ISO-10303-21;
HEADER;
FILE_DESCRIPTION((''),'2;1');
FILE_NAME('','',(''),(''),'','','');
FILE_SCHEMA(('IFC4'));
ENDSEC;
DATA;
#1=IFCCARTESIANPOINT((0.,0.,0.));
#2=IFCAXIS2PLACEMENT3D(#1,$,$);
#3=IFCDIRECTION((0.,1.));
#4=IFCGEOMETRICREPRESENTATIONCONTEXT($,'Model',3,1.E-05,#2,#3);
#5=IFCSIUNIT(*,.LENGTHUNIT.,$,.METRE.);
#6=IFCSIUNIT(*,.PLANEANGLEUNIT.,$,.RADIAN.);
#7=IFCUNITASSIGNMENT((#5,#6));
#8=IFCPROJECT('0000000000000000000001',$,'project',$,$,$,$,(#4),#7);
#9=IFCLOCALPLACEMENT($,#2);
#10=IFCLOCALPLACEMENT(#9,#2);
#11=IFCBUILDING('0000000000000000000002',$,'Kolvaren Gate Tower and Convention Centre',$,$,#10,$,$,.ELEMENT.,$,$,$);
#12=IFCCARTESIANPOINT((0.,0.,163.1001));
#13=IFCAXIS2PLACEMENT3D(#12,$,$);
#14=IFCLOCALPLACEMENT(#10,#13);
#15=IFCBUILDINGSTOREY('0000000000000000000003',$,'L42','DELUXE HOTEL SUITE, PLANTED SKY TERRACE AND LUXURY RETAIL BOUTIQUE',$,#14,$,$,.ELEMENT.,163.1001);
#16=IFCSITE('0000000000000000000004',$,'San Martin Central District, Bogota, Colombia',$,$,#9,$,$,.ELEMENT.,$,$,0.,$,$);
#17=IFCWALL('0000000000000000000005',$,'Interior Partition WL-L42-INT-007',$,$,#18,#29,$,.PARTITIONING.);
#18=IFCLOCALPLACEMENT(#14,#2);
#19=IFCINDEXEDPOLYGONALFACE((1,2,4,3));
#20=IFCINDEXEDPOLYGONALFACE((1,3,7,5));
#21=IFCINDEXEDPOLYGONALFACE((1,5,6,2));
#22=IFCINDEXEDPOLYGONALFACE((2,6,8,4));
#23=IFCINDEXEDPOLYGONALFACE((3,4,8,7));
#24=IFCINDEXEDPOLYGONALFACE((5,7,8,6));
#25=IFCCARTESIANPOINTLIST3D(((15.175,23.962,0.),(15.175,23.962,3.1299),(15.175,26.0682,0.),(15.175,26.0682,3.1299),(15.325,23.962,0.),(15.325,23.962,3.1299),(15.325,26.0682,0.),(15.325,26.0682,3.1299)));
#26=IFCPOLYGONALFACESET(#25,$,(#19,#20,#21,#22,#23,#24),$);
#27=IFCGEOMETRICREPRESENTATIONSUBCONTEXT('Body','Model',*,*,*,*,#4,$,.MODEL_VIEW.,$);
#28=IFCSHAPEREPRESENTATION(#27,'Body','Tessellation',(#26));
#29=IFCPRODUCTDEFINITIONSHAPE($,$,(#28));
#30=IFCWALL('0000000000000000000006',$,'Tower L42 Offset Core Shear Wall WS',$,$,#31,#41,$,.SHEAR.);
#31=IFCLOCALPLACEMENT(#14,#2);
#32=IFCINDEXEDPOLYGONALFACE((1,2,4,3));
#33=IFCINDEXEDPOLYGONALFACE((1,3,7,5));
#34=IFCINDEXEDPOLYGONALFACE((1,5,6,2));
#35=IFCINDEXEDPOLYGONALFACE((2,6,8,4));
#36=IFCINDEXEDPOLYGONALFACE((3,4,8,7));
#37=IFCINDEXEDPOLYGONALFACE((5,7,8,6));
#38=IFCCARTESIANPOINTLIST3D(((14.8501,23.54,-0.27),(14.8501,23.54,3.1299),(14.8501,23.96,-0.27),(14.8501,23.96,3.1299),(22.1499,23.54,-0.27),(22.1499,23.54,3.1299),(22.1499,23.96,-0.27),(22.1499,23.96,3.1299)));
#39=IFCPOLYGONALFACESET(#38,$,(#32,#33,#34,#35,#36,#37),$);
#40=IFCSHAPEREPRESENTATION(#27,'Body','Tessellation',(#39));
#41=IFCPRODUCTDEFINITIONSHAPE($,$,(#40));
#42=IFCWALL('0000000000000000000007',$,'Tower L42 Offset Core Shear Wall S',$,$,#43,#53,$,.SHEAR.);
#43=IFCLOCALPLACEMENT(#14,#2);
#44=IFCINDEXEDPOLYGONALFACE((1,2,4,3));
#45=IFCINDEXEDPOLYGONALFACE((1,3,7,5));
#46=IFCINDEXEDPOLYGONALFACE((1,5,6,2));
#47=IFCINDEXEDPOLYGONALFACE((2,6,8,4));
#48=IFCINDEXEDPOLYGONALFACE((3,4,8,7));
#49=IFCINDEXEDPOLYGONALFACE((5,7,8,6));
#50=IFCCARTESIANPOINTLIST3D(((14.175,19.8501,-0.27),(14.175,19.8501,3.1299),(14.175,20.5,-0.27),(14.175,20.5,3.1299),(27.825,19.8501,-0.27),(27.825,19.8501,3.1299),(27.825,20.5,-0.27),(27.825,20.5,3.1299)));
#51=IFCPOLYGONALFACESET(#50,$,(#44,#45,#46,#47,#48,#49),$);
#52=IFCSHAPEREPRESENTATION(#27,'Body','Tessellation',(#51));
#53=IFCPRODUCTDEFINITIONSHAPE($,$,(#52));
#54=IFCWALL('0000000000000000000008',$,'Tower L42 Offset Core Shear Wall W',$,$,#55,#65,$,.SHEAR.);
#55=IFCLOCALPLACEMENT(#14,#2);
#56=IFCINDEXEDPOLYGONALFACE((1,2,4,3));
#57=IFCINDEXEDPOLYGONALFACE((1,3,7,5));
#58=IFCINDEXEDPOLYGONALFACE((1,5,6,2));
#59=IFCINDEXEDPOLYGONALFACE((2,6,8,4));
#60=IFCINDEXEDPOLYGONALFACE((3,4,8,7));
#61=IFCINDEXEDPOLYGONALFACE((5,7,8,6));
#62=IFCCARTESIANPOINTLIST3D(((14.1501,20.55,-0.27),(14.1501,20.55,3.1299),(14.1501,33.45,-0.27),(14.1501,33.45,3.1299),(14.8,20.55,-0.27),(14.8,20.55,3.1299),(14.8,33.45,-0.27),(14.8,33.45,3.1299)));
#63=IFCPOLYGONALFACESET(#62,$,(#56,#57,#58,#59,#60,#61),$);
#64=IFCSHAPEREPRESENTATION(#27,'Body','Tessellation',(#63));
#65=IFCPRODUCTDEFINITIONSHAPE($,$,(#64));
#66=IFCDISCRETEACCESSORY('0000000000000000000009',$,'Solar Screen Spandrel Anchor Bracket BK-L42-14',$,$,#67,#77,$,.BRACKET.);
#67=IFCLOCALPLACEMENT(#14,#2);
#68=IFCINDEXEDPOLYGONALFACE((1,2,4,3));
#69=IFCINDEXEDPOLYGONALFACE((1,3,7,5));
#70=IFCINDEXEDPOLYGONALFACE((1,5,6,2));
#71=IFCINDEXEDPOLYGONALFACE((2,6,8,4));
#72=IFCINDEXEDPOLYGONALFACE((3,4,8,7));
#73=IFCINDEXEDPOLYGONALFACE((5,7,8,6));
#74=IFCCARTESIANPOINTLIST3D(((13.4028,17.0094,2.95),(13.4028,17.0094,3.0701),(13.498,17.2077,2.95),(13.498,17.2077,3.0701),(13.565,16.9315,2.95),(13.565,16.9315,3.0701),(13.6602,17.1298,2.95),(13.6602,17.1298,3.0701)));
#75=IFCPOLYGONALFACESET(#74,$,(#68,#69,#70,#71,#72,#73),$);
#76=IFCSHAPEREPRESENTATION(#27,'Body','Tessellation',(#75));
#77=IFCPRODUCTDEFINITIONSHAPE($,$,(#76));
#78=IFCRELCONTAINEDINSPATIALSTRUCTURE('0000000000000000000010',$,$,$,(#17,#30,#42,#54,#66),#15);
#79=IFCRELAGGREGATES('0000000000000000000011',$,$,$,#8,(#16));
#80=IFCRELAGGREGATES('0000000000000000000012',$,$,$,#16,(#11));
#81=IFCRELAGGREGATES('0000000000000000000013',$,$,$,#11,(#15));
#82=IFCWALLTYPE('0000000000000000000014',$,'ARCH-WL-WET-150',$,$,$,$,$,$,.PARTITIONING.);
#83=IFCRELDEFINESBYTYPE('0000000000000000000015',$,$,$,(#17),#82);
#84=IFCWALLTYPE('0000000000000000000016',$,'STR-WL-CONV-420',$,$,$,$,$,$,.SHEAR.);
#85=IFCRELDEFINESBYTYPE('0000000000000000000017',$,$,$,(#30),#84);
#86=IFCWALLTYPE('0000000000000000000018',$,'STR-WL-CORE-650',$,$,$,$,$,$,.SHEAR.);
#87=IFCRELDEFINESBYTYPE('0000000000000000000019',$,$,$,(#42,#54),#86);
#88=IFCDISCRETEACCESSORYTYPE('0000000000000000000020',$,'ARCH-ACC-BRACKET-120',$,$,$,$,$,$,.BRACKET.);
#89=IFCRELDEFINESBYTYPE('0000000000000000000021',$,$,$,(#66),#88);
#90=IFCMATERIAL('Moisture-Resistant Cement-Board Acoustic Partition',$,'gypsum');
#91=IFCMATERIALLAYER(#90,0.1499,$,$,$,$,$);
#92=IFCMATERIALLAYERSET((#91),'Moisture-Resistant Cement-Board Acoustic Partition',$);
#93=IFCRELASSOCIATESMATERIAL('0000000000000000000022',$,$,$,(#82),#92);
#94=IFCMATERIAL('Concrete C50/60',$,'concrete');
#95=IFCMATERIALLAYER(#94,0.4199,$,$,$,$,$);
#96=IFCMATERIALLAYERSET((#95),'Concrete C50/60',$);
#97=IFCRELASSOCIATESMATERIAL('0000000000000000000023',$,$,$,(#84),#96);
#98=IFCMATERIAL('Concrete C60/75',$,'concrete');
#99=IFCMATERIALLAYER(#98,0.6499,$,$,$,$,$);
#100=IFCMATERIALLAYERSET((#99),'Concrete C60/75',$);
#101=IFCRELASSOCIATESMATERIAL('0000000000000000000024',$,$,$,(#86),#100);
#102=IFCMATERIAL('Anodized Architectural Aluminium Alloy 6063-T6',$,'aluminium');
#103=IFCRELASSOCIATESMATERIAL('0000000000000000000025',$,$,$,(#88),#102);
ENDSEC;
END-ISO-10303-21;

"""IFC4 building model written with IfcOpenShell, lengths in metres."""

from ifc_helpers import new_model, si_unit, direction, frame, frame_2d, origin, origin_2d, place, context, subcontext, project, spatial, rectangle, extrude, material, layer, layer_set, type_object, element, save


model = new_model("IFC4")

# Units and contexts
model_context = context("Model", 3, precision=1e-05, world=origin(), true_north=direction((0.0, 1.0)))
body_context = subcontext(model_context, "Body", "Model", "MODEL_VIEW")
ifc_project = project(units=[si_unit("LENGTHUNIT", "METRE"), si_unit("PLANEANGLEUNIT", "RADIAN")], contexts=[model_context])

# Site, building, storey
site_placement = place(None, origin())
site = spatial("IfcSite", under=ifc_project, at=site_placement, Name="San Martin Central District, Bogota, Colombia", CompositionType="ELEMENT", RefElevation=0.0)
building_placement = place(site_placement, origin())
building = spatial("IfcBuilding", under=site, at=building_placement, Name="Kolvaren Gate Tower and Convention Centre", CompositionType="ELEMENT")
storey_placement = place(building_placement, frame((0.0, 0.0, 163.1001)))
storey = spatial("IfcBuildingStorey", under=building, at=storey_placement, Name="L42", Description="DELUXE HOTEL SUITE, PLANTED SKY TERRACE AND LUXURY RETAIL BOUTIQUE", CompositionType="ELEMENT", Elevation=163.1001)

# Shared definitions
ifc_material_1 = material(Name="Anodized Architectural Aluminium Alloy 6063-T6", Category="aluminium")

# Walls
ifc_material_2 = material(Name="Moisture-Resistant Cement-Board Acoustic Partition", Category="gypsum")
ifc_layer_1 = layer(ifc_material_2, 0.1499)
ifc_layer_set_1 = layer_set([ifc_layer_1], Name="Moisture-Resistant Cement-Board Acoustic Partition")
wall_type_1 = type_object("IfcWallType", Name="ARCH-WL-WET-150", PredefinedType="PARTITIONING", material=ifc_layer_set_1)
wall_1_placement = place(storey_placement, frame((15.25, 23.9619, 0.0), z_axis=(0.0, 0.0, 1.0), x_axis=(0.0, 1.0, 0.0)))
element("IfcWall", 1, at=wall_1_placement, inside=storey, type_object=wall_type_1, Name="Interior Partition WL-L42-INT-007", PredefinedType="PARTITIONING", context=body_context, shape_type="SweptSolid", body=[
    extrude(rectangle(XDim=2.1062, YDim=0.1499, at=frame_2d((1.0532, 0.0))), origin(), (0.0, 0.0, 1.0), 3.1299),
])
ifc_material_3 = material(Name="Concrete C50/60", Category="concrete")
ifc_layer_2 = layer(ifc_material_3, 0.4199)
ifc_layer_set_2 = layer_set([ifc_layer_2], Name="Concrete C50/60")
wall_type_2 = type_object("IfcWallType", Name="STR-WL-CONV-420", PredefinedType="SHEAR", material=ifc_layer_set_2)
wall_2_placement = place(storey_placement, frame((14.8501, 23.75, -0.27), z_axis=(0.0, 0.0, 1.0), x_axis=(1.0, 0.0, 0.0)))
element("IfcWall", 2, at=wall_2_placement, inside=storey, type_object=wall_type_2, Name="Tower L42 Offset Core Shear Wall WS", PredefinedType="SHEAR", context=body_context, shape_type="SweptSolid", body=[
    extrude(rectangle(XDim=7.2998, YDim=0.4199, at=frame_2d((3.6499, 0.0))), origin(), (0.0, 0.0, 1.0), 3.3999),
])
ifc_material_4 = material(Name="Concrete C60/75", Category="concrete")
ifc_layer_3 = layer(ifc_material_4, 0.6499)
ifc_layer_set_3 = layer_set([ifc_layer_3], Name="Concrete C60/75")
wall_type_3 = type_object("IfcWallType", Name="STR-WL-CORE-650", PredefinedType="SHEAR", material=ifc_layer_set_3)
wall_3_placement = place(storey_placement, frame((14.175, 20.175, -0.27), z_axis=(0.0, 0.0, 1.0), x_axis=(1.0, 0.0, 0.0)))
element("IfcWall", 3, at=wall_3_placement, inside=storey, type_object=wall_type_3, Name="Tower L42 Offset Core Shear Wall S", PredefinedType="SHEAR", context=body_context, shape_type="SweptSolid", body=[
    extrude(rectangle(XDim=13.6499, YDim=0.6499, at=frame_2d((6.825, 0.0))), origin(), (0.0, 0.0, 1.0), 3.3999),
])
wall_4_placement = place(storey_placement, frame((14.4751, 20.55, -0.27), z_axis=(0.0, 0.0, 1.0), x_axis=(0.0, 1.0, 0.0)))
element("IfcWall", 4, at=wall_4_placement, inside=storey, type_object=wall_type_3, Name="Tower L42 Offset Core Shear Wall W", PredefinedType="SHEAR", context=body_context, shape_type="SweptSolid", body=[
    extrude(rectangle(XDim=12.8999, YDim=0.6499, at=frame_2d((6.45, 0.0))), origin(), (0.0, 0.0, 1.0), 3.3999),
])

# Discrete accessory
discrete_accessory_type = type_object("IfcDiscreteAccessoryType", Name="ARCH-ACC-BRACKET-120", PredefinedType="BRACKET", material=ifc_material_1)
discrete_accessory_placement = place(storey_placement, frame((13.5315, 17.0696, 2.95), z_axis=(0.0, 0.0, 1.0), x_axis=(0.901358, -0.433074, 0.0)))
element("IfcDiscreteAccessory", 5, at=discrete_accessory_placement, inside=storey, type_object=discrete_accessory_type, Name="Solar Screen Spandrel Anchor Bracket BK-L42-14", PredefinedType="BRACKET", context=body_context, shape_type="SweptSolid", body=[
    extrude(rectangle(XDim=0.1799, YDim=0.22, at=origin_2d()), origin(), (0.0, 0.0, 1.0), 0.1201),
])

save(model, "model.ifc")
